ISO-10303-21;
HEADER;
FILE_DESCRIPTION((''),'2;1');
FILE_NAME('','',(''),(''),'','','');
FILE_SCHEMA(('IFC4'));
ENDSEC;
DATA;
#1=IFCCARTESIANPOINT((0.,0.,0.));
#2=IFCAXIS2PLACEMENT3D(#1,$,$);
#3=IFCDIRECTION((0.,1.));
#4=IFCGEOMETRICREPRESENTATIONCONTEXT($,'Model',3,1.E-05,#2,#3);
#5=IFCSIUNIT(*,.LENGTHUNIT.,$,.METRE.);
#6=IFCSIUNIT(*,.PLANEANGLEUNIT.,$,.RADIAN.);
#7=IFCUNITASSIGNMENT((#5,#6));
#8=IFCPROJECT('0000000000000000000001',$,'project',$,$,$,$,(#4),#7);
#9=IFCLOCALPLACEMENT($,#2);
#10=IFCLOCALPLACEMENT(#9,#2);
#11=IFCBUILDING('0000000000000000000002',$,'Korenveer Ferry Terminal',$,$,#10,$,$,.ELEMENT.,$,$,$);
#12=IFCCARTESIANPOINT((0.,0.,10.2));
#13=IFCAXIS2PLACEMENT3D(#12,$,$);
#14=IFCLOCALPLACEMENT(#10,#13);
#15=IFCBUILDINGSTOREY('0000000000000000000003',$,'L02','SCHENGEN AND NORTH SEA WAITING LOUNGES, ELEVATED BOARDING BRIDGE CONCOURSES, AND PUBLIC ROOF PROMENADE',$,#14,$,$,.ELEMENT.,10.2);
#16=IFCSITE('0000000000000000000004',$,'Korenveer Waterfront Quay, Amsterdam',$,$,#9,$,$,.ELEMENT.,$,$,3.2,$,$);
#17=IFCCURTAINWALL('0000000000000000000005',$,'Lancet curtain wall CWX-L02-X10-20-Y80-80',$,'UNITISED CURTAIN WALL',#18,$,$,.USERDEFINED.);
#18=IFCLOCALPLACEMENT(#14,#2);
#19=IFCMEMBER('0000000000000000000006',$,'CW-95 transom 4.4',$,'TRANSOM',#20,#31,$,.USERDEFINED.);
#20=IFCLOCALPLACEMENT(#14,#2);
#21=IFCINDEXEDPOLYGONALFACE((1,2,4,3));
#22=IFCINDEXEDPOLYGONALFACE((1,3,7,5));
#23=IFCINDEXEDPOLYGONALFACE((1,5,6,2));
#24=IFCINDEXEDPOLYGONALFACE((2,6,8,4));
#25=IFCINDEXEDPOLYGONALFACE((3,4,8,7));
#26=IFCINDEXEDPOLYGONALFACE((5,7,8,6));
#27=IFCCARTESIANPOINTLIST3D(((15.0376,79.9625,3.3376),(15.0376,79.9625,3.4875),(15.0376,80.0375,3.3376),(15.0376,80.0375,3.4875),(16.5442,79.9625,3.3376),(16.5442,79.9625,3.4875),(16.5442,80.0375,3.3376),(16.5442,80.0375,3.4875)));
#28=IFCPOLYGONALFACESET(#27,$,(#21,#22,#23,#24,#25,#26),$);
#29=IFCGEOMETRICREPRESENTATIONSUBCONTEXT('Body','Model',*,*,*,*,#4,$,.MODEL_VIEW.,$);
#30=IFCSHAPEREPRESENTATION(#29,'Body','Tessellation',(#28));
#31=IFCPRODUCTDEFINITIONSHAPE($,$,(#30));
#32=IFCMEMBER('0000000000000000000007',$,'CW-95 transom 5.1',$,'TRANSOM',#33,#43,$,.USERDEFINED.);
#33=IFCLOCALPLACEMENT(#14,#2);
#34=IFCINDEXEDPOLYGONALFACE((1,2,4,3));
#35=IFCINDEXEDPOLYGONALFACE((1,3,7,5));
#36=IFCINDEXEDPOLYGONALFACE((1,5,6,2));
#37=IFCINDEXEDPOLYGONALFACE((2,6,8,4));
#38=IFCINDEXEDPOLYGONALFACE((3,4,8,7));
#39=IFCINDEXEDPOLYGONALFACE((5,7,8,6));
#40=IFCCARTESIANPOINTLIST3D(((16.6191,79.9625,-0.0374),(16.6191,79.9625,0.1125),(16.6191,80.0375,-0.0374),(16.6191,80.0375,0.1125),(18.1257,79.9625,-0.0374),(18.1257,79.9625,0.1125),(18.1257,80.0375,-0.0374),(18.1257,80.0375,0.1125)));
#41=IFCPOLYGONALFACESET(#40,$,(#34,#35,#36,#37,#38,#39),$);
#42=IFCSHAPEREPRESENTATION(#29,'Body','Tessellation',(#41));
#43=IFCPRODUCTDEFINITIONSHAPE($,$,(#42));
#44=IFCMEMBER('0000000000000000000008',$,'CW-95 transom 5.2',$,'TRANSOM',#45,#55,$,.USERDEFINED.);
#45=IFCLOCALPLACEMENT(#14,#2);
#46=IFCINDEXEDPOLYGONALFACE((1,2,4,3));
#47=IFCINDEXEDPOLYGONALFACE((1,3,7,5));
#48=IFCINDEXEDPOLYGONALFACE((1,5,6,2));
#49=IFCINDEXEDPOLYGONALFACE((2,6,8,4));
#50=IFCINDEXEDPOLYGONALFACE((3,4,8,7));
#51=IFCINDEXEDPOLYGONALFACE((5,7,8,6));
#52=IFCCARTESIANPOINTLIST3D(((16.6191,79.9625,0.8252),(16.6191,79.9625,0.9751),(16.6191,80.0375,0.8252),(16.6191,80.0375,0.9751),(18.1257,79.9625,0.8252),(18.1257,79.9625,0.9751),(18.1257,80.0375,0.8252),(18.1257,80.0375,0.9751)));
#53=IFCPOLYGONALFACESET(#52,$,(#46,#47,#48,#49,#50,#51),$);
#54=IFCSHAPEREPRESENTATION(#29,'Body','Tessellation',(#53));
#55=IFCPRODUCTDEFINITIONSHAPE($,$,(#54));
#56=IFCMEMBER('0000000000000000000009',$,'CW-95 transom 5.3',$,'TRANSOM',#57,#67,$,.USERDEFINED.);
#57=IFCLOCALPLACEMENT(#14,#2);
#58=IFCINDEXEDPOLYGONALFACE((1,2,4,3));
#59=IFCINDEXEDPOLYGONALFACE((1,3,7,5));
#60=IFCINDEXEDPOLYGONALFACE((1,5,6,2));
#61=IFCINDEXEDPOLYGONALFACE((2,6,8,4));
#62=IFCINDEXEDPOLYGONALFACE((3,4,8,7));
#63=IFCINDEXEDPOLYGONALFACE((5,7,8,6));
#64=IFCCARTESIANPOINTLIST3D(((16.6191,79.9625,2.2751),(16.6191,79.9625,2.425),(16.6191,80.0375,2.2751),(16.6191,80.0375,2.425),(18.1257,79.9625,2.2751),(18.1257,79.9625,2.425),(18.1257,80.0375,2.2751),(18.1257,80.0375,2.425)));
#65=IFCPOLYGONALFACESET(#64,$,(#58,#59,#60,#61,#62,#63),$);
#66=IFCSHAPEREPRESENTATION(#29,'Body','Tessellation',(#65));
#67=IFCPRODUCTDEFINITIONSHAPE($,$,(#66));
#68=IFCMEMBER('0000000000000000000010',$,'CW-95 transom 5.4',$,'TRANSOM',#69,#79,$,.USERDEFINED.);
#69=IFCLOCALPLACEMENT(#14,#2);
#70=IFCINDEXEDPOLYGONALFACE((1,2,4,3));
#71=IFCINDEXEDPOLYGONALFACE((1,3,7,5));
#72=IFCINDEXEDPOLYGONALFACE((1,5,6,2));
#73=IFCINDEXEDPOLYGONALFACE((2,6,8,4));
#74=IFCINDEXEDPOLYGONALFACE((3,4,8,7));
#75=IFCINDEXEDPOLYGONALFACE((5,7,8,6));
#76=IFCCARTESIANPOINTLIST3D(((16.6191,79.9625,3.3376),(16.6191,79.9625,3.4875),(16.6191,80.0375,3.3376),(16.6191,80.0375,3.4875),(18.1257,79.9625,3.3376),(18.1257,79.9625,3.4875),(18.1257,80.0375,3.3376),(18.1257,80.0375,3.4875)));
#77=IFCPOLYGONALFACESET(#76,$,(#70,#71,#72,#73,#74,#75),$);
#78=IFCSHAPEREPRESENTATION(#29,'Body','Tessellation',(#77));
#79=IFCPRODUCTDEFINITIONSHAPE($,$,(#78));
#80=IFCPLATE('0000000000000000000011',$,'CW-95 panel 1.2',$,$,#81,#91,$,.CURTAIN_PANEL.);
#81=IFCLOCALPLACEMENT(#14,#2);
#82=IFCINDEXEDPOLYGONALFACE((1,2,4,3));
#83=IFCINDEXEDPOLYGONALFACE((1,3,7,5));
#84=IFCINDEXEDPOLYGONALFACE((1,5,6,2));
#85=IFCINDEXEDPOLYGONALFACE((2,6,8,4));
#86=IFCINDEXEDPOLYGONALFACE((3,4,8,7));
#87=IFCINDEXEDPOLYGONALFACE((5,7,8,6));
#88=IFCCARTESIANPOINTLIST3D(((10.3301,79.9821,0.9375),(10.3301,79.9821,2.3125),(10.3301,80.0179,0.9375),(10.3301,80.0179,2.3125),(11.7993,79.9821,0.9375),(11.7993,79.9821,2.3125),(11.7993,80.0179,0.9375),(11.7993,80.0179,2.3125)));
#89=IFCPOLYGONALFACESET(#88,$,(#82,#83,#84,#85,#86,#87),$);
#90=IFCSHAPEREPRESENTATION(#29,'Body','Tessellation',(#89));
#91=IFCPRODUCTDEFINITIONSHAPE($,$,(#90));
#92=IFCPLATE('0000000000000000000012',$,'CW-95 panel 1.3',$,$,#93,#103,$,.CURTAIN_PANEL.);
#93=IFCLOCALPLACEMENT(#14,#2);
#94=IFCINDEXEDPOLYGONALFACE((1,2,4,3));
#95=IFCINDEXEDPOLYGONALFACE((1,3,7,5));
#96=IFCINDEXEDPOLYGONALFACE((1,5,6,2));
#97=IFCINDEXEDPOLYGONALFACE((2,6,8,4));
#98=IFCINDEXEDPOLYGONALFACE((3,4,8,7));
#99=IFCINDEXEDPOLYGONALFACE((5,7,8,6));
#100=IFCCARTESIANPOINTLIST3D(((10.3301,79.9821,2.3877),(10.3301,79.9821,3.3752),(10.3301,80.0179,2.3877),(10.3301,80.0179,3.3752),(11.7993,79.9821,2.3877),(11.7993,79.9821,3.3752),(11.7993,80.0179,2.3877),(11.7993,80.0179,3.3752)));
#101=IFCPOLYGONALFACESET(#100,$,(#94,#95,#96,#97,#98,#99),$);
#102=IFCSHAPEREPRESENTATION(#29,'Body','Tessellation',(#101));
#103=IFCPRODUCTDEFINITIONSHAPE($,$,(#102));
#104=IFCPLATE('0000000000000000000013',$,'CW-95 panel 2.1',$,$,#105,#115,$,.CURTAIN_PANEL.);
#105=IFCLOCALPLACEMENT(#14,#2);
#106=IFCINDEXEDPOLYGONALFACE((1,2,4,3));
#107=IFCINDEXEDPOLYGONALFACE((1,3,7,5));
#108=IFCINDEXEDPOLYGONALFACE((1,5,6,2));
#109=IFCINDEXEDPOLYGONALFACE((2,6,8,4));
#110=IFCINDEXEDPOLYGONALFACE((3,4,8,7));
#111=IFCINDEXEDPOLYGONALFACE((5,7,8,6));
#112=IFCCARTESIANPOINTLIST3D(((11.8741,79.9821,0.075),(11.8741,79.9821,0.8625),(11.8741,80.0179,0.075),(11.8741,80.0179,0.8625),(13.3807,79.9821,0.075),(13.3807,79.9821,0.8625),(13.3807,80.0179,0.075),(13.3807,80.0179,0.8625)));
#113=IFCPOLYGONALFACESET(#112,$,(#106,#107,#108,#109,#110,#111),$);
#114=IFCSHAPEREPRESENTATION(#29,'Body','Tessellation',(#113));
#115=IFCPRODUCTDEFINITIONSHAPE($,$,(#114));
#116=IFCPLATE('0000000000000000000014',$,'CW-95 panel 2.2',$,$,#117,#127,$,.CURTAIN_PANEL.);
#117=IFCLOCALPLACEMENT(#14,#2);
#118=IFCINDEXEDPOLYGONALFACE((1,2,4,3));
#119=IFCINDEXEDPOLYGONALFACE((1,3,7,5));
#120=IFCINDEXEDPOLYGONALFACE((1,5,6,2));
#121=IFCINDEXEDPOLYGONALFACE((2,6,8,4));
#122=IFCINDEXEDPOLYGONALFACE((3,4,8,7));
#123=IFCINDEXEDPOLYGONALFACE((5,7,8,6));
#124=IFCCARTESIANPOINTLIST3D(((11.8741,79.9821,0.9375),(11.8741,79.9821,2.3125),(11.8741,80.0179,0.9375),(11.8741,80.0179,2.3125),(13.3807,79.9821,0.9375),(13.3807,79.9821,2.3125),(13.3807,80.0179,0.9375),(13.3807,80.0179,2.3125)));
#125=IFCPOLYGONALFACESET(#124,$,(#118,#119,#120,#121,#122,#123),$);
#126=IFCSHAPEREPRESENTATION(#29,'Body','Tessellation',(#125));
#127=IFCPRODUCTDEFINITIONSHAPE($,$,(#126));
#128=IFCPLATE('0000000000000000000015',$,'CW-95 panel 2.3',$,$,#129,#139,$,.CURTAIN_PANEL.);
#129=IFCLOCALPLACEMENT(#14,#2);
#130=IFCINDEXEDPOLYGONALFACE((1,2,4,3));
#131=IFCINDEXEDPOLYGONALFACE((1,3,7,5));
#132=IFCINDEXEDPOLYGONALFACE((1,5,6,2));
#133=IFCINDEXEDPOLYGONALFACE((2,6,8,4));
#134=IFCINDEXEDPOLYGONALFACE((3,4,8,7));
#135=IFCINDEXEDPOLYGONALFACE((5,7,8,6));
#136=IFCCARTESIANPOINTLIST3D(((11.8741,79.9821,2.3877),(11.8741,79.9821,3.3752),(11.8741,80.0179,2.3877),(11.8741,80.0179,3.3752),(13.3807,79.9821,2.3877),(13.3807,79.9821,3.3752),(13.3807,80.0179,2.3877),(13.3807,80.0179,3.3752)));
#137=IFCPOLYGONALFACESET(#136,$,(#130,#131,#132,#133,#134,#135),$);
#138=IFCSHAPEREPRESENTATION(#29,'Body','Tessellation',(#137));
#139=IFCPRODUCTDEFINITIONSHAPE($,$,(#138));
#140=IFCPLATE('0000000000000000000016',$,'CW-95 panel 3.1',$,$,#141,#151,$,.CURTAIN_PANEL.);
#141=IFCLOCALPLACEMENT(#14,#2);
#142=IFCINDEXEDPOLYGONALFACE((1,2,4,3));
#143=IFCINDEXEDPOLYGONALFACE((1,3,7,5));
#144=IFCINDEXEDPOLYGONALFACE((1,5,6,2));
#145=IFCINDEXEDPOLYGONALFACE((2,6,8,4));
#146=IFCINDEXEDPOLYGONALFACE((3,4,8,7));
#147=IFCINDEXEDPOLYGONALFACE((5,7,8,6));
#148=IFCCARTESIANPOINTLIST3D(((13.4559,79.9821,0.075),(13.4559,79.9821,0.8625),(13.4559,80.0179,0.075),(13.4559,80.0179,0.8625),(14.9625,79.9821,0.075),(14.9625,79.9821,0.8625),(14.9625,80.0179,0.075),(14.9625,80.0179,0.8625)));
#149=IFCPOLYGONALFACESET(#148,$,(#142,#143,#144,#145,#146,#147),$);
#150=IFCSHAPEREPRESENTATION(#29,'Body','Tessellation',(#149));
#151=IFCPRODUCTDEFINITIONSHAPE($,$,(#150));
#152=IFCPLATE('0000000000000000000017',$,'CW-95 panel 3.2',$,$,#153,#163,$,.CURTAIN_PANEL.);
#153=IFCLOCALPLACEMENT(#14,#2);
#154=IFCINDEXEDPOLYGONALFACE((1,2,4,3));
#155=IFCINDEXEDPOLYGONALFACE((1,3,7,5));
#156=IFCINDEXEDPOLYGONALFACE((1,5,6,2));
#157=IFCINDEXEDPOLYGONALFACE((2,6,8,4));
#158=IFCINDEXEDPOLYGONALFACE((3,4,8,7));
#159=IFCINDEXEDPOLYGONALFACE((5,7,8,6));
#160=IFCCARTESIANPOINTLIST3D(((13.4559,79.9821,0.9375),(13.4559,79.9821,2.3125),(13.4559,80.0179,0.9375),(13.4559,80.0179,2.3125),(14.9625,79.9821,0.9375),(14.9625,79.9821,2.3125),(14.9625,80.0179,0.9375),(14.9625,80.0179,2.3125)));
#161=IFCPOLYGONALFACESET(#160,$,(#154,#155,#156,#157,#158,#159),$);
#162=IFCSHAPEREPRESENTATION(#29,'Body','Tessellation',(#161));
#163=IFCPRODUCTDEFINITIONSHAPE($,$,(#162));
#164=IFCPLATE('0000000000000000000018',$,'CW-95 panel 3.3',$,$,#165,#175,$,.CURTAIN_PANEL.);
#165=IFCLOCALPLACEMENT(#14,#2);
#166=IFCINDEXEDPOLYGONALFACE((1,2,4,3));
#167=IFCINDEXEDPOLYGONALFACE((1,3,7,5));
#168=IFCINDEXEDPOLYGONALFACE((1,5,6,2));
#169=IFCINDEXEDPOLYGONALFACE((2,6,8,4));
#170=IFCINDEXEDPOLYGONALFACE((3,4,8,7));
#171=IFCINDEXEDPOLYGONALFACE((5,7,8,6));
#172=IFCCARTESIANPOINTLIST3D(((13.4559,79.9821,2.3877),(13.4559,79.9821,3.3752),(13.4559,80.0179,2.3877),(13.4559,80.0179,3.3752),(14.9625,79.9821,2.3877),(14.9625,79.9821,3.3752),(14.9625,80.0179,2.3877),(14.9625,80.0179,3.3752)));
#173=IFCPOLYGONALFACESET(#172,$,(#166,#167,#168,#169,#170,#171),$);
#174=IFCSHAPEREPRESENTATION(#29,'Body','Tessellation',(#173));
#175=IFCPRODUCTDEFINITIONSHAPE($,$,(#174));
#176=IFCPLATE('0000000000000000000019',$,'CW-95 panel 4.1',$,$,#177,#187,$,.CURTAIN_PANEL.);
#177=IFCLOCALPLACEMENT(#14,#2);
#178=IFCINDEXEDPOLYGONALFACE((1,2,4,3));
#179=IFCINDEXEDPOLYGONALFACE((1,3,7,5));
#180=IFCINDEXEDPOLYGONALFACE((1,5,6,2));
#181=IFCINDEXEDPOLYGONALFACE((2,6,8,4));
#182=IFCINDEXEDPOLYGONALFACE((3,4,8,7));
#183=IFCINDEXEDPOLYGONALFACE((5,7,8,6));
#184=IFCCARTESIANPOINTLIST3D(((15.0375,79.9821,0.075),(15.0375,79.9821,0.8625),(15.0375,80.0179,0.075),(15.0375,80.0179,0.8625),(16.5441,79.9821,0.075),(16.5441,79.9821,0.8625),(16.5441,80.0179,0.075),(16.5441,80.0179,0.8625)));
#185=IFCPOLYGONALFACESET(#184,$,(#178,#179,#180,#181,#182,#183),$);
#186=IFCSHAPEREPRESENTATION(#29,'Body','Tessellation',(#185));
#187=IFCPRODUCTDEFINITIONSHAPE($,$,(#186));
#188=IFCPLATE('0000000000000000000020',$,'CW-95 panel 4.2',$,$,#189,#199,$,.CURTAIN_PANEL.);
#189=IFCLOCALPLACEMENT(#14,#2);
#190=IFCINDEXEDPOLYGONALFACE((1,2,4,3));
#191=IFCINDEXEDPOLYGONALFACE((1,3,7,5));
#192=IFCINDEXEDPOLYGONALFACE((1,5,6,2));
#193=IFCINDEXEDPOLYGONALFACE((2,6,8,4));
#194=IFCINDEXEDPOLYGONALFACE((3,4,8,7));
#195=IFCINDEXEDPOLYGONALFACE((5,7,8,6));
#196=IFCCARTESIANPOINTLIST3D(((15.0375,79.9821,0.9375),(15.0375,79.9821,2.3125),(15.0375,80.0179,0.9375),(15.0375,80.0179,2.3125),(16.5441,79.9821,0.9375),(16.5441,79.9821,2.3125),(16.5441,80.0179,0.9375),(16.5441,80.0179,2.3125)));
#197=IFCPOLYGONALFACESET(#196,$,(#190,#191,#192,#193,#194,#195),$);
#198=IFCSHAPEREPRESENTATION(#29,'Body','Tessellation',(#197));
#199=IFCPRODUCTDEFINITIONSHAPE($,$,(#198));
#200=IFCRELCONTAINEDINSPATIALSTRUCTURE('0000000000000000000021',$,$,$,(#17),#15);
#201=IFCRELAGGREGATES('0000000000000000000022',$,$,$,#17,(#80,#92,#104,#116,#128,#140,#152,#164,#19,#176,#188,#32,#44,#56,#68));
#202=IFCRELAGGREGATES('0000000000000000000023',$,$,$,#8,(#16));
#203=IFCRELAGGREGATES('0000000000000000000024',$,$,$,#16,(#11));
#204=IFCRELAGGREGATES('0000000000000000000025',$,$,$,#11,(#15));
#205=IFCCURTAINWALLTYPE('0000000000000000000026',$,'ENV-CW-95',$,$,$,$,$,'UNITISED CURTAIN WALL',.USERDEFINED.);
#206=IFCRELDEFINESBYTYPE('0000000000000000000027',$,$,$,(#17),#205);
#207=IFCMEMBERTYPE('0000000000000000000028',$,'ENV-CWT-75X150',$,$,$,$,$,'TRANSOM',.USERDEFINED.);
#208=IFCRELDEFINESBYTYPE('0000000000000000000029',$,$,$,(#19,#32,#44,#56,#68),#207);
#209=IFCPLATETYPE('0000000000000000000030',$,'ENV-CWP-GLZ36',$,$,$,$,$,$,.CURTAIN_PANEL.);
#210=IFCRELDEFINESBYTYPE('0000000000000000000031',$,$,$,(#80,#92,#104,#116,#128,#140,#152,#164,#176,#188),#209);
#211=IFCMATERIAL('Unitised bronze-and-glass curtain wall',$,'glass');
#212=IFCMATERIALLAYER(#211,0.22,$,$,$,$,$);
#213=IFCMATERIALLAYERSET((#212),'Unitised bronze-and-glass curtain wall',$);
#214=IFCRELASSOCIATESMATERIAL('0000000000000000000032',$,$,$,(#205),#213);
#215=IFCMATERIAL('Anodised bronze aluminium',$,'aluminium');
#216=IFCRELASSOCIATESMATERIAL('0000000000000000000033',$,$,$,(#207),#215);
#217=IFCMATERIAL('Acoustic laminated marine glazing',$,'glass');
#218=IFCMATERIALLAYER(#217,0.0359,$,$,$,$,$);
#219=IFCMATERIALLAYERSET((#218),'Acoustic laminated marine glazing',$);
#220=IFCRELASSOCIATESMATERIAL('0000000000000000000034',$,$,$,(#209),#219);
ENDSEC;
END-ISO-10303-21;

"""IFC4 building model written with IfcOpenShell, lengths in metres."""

from ifc_helpers import new_model, si_unit, direction, frame, origin, origin_2d, place, context, subcontext, project, spatial, rectangle, extrude, material, layer, layer_set, material_profile, profile_set, type_object, element, aggregate, save


model = new_model("IFC4")

# Units and contexts
model_context = context("Model", 3, precision=1e-05, world=origin(), true_north=direction((0.0, 1.0)))
body_context = subcontext(model_context, "Body", "Model", "MODEL_VIEW")
ifc_project = project(units=[si_unit("LENGTHUNIT", "METRE"), si_unit("PLANEANGLEUNIT", "RADIAN")], contexts=[model_context])

# Site, building, storey
site_placement = place(None, origin())
site = spatial("IfcSite", under=ifc_project, at=site_placement, Name="Korenveer Waterfront Quay, Amsterdam", CompositionType="ELEMENT", RefElevation=3.2)
building_placement = place(site_placement, origin())
building = spatial("IfcBuilding", under=site, at=building_placement, Name="Korenveer Ferry Terminal", CompositionType="ELEMENT")
storey_placement = place(building_placement, frame((0.0, 0.0, 10.2)))
storey = spatial("IfcBuildingStorey", under=building, at=storey_placement, Name="L02", Description="SCHENGEN AND NORTH SEA WAITING LOUNGES, ELEVATED BOARDING BRIDGE CONCOURSES, AND PUBLIC ROOF PROMENADE", CompositionType="ELEMENT", Elevation=10.2)

# Curtain wall, members, plates
ifc_material_1 = material(Name="Unitised bronze-and-glass curtain wall", Category="glass")
ifc_layer_1 = layer(ifc_material_1, 0.22)
ifc_layer_set_1 = layer_set([ifc_layer_1], Name="Unitised bronze-and-glass curtain wall")
curtain_wall_type = type_object("IfcCurtainWallType", Name="ENV-CW-95", ElementType="UNITISED CURTAIN WALL", PredefinedType="USERDEFINED", material=ifc_layer_set_1)
curtain_wall_placement = place(storey_placement, frame((10.2549, 80.0, 0.0)))
curtain_wall = element("IfcCurtainWall", 1, at=curtain_wall_placement, inside=storey, type_object=curtain_wall_type, Name="Lancet curtain wall CWX-L02-X10-20-Y80-80", ObjectType="UNITISED CURTAIN WALL", PredefinedType="USERDEFINED")
ifc_material_2 = material(Name="Anodised bronze aluminium", Category="aluminium")
ifc_material_profile_1 = material_profile(ifc_material_2, rectangle(XDim=0.075, YDim=0.1499, at=origin_2d()), Name="ALU 75x150")
ifc_profile_set_1 = profile_set([ifc_material_profile_1], Name="Anodised bronze aluminium")
member_type_1 = type_object("IfcMemberType", Name="ENV-CWT-75X150", ElementType="TRANSOM", PredefinedType="USERDEFINED", material=ifc_profile_set_1)
member_1_placement = place(storey_placement, frame((15.0376, 80.0, 3.4126), z_axis=(1.0, 0.0, 0.0), x_axis=(0.0, 1.0, 0.0)))
member_1 = element("IfcMember", 2, at=member_1_placement, type_object=member_type_1, Name="CW-95 transom 4.4", ObjectType="TRANSOM", PredefinedType="USERDEFINED", context=body_context, shape_type="SweptSolid", body=[
    extrude(rectangle(XDim=0.075, YDim=0.1499, at=origin_2d()), origin(), (0.0, 0.0, 1.0), 1.5066),
])
member_2_placement = place(storey_placement, frame((16.6191, 80.0, 0.0376), z_axis=(1.0, 0.0, 0.0), x_axis=(0.0, 1.0, 0.0)))
member_2 = element("IfcMember", 3, at=member_2_placement, type_object=member_type_1, Name="CW-95 transom 5.1", ObjectType="TRANSOM", PredefinedType="USERDEFINED", context=body_context, shape_type="SweptSolid", body=[
    extrude(rectangle(XDim=0.075, YDim=0.1499, at=origin_2d()), origin(), (0.0, 0.0, 1.0), 1.5066),
])
member_3_placement = place(storey_placement, frame((16.6191, 80.0, 0.9001), z_axis=(1.0, 0.0, 0.0), x_axis=(0.0, 1.0, 0.0)))
member_3 = element("IfcMember", 4, at=member_3_placement, type_object=member_type_1, Name="CW-95 transom 5.2", ObjectType="TRANSOM", PredefinedType="USERDEFINED", context=body_context, shape_type="SweptSolid", body=[
    extrude(rectangle(XDim=0.075, YDim=0.1499, at=origin_2d()), origin(), (0.0, 0.0, 1.0), 1.5066),
])
member_4_placement = place(storey_placement, frame((16.6191, 80.0, 2.3501), z_axis=(1.0, 0.0, 0.0), x_axis=(0.0, 1.0, 0.0)))
member_4 = element("IfcMember", 5, at=member_4_placement, type_object=member_type_1, Name="CW-95 transom 5.3", ObjectType="TRANSOM", PredefinedType="USERDEFINED", context=body_context, shape_type="SweptSolid", body=[
    extrude(rectangle(XDim=0.075, YDim=0.1499, at=origin_2d()), origin(), (0.0, 0.0, 1.0), 1.5066),
])
member_5_placement = place(storey_placement, frame((16.6191, 80.0, 3.4126), z_axis=(1.0, 0.0, 0.0), x_axis=(0.0, 1.0, 0.0)))
member_5 = element("IfcMember", 6, at=member_5_placement, type_object=member_type_1, Name="CW-95 transom 5.4", ObjectType="TRANSOM", PredefinedType="USERDEFINED", context=body_context, shape_type="SweptSolid", body=[
    extrude(rectangle(XDim=0.075, YDim=0.1499, at=origin_2d()), origin(), (0.0, 0.0, 1.0), 1.5066),
])
ifc_material_3 = material(Name="Acoustic laminated marine glazing", Category="glass")
ifc_layer_2 = layer(ifc_material_3, 0.0359)
ifc_layer_set_2 = layer_set([ifc_layer_2], Name="Acoustic laminated marine glazing")
plate_type = type_object("IfcPlateType", Name="ENV-CWP-GLZ36", PredefinedType="CURTAIN_PANEL", material=ifc_layer_set_2)
plate_1_placement = place(storey_placement, frame((11.0647, 80.0, 0.9375), z_axis=(0.0, 0.0, 1.0), x_axis=(1.0, 0.0, 0.0)))
plate_1 = element("IfcPlate", 7, at=plate_1_placement, type_object=plate_type, Name="CW-95 panel 1.2", PredefinedType="CURTAIN_PANEL", context=body_context, shape_type="SweptSolid", body=[
    extrude(rectangle(XDim=1.4692, YDim=0.0359, at=origin_2d()), origin(), (0.0, 0.0, 1.0), 1.375),
])
plate_2_placement = place(storey_placement, frame((11.0647, 80.0, 2.3877), z_axis=(0.0, 0.0, 1.0), x_axis=(1.0, 0.0, 0.0)))
plate_2 = element("IfcPlate", 8, at=plate_2_placement, type_object=plate_type, Name="CW-95 panel 1.3", PredefinedType="CURTAIN_PANEL", context=body_context, shape_type="SweptSolid", body=[
    extrude(rectangle(XDim=1.4692, YDim=0.0359, at=origin_2d()), origin(), (0.0, 0.0, 1.0), 0.9875),
])
plate_3_placement = place(storey_placement, frame((12.6274, 80.0, 0.075), z_axis=(0.0, 0.0, 1.0), x_axis=(1.0, 0.0, 0.0)))
plate_3 = element("IfcPlate", 9, at=plate_3_placement, type_object=plate_type, Name="CW-95 panel 2.1", PredefinedType="CURTAIN_PANEL", context=body_context, shape_type="SweptSolid", body=[
    extrude(rectangle(XDim=1.5066, YDim=0.0359, at=origin_2d()), origin(), (0.0, 0.0, 1.0), 0.7876),
])
plate_4_placement = place(storey_placement, frame((12.6274, 80.0, 0.9375), z_axis=(0.0, 0.0, 1.0), x_axis=(1.0, 0.0, 0.0)))
plate_4 = element("IfcPlate", 10, at=plate_4_placement, type_object=plate_type, Name="CW-95 panel 2.2", PredefinedType="CURTAIN_PANEL", context=body_context, shape_type="SweptSolid", body=[
    extrude(rectangle(XDim=1.5066, YDim=0.0359, at=origin_2d()), origin(), (0.0, 0.0, 1.0), 1.375),
])
plate_5_placement = place(storey_placement, frame((12.6274, 80.0, 2.3877), z_axis=(0.0, 0.0, 1.0), x_axis=(1.0, 0.0, 0.0)))
plate_5 = element("IfcPlate", 11, at=plate_5_placement, type_object=plate_type, Name="CW-95 panel 2.3", PredefinedType="CURTAIN_PANEL", context=body_context, shape_type="SweptSolid", body=[
    extrude(rectangle(XDim=1.5066, YDim=0.0359, at=origin_2d()), origin(), (0.0, 0.0, 1.0), 0.9875),
])
plate_6_placement = place(storey_placement, frame((14.2092, 80.0, 0.075), z_axis=(0.0, 0.0, 1.0), x_axis=(1.0, 0.0, 0.0)))
plate_6 = element("IfcPlate", 12, at=plate_6_placement, type_object=plate_type, Name="CW-95 panel 3.1", PredefinedType="CURTAIN_PANEL", context=body_context, shape_type="SweptSolid", body=[
    extrude(rectangle(XDim=1.5066, YDim=0.0359, at=origin_2d()), origin(), (0.0, 0.0, 1.0), 0.7876),
])
plate_7_placement = place(storey_placement, frame((14.2092, 80.0, 0.9375), z_axis=(0.0, 0.0, 1.0), x_axis=(1.0, 0.0, 0.0)))
plate_7 = element("IfcPlate", 13, at=plate_7_placement, type_object=plate_type, Name="CW-95 panel 3.2", PredefinedType="CURTAIN_PANEL", context=body_context, shape_type="SweptSolid", body=[
    extrude(rectangle(XDim=1.5066, YDim=0.0359, at=origin_2d()), origin(), (0.0, 0.0, 1.0), 1.375),
])
plate_8_placement = place(storey_placement, frame((14.2092, 80.0, 2.3877), z_axis=(0.0, 0.0, 1.0), x_axis=(1.0, 0.0, 0.0)))
plate_8 = element("IfcPlate", 14, at=plate_8_placement, type_object=plate_type, Name="CW-95 panel 3.3", PredefinedType="CURTAIN_PANEL", context=body_context, shape_type="SweptSolid", body=[
    extrude(rectangle(XDim=1.5066, YDim=0.0359, at=origin_2d()), origin(), (0.0, 0.0, 1.0), 0.9875),
])
plate_9_placement = place(storey_placement, frame((15.7908, 80.0, 0.075), z_axis=(0.0, 0.0, 1.0), x_axis=(1.0, 0.0, 0.0)))
plate_9 = element("IfcPlate", 15, at=plate_9_placement, type_object=plate_type, Name="CW-95 panel 4.1", PredefinedType="CURTAIN_PANEL", context=body_context, shape_type="SweptSolid", body=[
    extrude(rectangle(XDim=1.5066, YDim=0.0359, at=origin_2d()), origin(), (0.0, 0.0, 1.0), 0.7876),
])
plate_10_placement = place(storey_placement, frame((15.7908, 80.0, 0.9375), z_axis=(0.0, 0.0, 1.0), x_axis=(1.0, 0.0, 0.0)))
plate_10 = element("IfcPlate", 16, at=plate_10_placement, type_object=plate_type, Name="CW-95 panel 4.2", PredefinedType="CURTAIN_PANEL", context=body_context, shape_type="SweptSolid", body=[
    extrude(rectangle(XDim=1.5066, YDim=0.0359, at=origin_2d()), origin(), (0.0, 0.0, 1.0), 1.375),
])
aggregate(curtain_wall, [plate_1, plate_2, plate_3, plate_4, plate_5, plate_6, plate_7, plate_8, member_1, plate_9, plate_10, member_2, member_3, member_4, member_5])

save(model, "model.ifc")
